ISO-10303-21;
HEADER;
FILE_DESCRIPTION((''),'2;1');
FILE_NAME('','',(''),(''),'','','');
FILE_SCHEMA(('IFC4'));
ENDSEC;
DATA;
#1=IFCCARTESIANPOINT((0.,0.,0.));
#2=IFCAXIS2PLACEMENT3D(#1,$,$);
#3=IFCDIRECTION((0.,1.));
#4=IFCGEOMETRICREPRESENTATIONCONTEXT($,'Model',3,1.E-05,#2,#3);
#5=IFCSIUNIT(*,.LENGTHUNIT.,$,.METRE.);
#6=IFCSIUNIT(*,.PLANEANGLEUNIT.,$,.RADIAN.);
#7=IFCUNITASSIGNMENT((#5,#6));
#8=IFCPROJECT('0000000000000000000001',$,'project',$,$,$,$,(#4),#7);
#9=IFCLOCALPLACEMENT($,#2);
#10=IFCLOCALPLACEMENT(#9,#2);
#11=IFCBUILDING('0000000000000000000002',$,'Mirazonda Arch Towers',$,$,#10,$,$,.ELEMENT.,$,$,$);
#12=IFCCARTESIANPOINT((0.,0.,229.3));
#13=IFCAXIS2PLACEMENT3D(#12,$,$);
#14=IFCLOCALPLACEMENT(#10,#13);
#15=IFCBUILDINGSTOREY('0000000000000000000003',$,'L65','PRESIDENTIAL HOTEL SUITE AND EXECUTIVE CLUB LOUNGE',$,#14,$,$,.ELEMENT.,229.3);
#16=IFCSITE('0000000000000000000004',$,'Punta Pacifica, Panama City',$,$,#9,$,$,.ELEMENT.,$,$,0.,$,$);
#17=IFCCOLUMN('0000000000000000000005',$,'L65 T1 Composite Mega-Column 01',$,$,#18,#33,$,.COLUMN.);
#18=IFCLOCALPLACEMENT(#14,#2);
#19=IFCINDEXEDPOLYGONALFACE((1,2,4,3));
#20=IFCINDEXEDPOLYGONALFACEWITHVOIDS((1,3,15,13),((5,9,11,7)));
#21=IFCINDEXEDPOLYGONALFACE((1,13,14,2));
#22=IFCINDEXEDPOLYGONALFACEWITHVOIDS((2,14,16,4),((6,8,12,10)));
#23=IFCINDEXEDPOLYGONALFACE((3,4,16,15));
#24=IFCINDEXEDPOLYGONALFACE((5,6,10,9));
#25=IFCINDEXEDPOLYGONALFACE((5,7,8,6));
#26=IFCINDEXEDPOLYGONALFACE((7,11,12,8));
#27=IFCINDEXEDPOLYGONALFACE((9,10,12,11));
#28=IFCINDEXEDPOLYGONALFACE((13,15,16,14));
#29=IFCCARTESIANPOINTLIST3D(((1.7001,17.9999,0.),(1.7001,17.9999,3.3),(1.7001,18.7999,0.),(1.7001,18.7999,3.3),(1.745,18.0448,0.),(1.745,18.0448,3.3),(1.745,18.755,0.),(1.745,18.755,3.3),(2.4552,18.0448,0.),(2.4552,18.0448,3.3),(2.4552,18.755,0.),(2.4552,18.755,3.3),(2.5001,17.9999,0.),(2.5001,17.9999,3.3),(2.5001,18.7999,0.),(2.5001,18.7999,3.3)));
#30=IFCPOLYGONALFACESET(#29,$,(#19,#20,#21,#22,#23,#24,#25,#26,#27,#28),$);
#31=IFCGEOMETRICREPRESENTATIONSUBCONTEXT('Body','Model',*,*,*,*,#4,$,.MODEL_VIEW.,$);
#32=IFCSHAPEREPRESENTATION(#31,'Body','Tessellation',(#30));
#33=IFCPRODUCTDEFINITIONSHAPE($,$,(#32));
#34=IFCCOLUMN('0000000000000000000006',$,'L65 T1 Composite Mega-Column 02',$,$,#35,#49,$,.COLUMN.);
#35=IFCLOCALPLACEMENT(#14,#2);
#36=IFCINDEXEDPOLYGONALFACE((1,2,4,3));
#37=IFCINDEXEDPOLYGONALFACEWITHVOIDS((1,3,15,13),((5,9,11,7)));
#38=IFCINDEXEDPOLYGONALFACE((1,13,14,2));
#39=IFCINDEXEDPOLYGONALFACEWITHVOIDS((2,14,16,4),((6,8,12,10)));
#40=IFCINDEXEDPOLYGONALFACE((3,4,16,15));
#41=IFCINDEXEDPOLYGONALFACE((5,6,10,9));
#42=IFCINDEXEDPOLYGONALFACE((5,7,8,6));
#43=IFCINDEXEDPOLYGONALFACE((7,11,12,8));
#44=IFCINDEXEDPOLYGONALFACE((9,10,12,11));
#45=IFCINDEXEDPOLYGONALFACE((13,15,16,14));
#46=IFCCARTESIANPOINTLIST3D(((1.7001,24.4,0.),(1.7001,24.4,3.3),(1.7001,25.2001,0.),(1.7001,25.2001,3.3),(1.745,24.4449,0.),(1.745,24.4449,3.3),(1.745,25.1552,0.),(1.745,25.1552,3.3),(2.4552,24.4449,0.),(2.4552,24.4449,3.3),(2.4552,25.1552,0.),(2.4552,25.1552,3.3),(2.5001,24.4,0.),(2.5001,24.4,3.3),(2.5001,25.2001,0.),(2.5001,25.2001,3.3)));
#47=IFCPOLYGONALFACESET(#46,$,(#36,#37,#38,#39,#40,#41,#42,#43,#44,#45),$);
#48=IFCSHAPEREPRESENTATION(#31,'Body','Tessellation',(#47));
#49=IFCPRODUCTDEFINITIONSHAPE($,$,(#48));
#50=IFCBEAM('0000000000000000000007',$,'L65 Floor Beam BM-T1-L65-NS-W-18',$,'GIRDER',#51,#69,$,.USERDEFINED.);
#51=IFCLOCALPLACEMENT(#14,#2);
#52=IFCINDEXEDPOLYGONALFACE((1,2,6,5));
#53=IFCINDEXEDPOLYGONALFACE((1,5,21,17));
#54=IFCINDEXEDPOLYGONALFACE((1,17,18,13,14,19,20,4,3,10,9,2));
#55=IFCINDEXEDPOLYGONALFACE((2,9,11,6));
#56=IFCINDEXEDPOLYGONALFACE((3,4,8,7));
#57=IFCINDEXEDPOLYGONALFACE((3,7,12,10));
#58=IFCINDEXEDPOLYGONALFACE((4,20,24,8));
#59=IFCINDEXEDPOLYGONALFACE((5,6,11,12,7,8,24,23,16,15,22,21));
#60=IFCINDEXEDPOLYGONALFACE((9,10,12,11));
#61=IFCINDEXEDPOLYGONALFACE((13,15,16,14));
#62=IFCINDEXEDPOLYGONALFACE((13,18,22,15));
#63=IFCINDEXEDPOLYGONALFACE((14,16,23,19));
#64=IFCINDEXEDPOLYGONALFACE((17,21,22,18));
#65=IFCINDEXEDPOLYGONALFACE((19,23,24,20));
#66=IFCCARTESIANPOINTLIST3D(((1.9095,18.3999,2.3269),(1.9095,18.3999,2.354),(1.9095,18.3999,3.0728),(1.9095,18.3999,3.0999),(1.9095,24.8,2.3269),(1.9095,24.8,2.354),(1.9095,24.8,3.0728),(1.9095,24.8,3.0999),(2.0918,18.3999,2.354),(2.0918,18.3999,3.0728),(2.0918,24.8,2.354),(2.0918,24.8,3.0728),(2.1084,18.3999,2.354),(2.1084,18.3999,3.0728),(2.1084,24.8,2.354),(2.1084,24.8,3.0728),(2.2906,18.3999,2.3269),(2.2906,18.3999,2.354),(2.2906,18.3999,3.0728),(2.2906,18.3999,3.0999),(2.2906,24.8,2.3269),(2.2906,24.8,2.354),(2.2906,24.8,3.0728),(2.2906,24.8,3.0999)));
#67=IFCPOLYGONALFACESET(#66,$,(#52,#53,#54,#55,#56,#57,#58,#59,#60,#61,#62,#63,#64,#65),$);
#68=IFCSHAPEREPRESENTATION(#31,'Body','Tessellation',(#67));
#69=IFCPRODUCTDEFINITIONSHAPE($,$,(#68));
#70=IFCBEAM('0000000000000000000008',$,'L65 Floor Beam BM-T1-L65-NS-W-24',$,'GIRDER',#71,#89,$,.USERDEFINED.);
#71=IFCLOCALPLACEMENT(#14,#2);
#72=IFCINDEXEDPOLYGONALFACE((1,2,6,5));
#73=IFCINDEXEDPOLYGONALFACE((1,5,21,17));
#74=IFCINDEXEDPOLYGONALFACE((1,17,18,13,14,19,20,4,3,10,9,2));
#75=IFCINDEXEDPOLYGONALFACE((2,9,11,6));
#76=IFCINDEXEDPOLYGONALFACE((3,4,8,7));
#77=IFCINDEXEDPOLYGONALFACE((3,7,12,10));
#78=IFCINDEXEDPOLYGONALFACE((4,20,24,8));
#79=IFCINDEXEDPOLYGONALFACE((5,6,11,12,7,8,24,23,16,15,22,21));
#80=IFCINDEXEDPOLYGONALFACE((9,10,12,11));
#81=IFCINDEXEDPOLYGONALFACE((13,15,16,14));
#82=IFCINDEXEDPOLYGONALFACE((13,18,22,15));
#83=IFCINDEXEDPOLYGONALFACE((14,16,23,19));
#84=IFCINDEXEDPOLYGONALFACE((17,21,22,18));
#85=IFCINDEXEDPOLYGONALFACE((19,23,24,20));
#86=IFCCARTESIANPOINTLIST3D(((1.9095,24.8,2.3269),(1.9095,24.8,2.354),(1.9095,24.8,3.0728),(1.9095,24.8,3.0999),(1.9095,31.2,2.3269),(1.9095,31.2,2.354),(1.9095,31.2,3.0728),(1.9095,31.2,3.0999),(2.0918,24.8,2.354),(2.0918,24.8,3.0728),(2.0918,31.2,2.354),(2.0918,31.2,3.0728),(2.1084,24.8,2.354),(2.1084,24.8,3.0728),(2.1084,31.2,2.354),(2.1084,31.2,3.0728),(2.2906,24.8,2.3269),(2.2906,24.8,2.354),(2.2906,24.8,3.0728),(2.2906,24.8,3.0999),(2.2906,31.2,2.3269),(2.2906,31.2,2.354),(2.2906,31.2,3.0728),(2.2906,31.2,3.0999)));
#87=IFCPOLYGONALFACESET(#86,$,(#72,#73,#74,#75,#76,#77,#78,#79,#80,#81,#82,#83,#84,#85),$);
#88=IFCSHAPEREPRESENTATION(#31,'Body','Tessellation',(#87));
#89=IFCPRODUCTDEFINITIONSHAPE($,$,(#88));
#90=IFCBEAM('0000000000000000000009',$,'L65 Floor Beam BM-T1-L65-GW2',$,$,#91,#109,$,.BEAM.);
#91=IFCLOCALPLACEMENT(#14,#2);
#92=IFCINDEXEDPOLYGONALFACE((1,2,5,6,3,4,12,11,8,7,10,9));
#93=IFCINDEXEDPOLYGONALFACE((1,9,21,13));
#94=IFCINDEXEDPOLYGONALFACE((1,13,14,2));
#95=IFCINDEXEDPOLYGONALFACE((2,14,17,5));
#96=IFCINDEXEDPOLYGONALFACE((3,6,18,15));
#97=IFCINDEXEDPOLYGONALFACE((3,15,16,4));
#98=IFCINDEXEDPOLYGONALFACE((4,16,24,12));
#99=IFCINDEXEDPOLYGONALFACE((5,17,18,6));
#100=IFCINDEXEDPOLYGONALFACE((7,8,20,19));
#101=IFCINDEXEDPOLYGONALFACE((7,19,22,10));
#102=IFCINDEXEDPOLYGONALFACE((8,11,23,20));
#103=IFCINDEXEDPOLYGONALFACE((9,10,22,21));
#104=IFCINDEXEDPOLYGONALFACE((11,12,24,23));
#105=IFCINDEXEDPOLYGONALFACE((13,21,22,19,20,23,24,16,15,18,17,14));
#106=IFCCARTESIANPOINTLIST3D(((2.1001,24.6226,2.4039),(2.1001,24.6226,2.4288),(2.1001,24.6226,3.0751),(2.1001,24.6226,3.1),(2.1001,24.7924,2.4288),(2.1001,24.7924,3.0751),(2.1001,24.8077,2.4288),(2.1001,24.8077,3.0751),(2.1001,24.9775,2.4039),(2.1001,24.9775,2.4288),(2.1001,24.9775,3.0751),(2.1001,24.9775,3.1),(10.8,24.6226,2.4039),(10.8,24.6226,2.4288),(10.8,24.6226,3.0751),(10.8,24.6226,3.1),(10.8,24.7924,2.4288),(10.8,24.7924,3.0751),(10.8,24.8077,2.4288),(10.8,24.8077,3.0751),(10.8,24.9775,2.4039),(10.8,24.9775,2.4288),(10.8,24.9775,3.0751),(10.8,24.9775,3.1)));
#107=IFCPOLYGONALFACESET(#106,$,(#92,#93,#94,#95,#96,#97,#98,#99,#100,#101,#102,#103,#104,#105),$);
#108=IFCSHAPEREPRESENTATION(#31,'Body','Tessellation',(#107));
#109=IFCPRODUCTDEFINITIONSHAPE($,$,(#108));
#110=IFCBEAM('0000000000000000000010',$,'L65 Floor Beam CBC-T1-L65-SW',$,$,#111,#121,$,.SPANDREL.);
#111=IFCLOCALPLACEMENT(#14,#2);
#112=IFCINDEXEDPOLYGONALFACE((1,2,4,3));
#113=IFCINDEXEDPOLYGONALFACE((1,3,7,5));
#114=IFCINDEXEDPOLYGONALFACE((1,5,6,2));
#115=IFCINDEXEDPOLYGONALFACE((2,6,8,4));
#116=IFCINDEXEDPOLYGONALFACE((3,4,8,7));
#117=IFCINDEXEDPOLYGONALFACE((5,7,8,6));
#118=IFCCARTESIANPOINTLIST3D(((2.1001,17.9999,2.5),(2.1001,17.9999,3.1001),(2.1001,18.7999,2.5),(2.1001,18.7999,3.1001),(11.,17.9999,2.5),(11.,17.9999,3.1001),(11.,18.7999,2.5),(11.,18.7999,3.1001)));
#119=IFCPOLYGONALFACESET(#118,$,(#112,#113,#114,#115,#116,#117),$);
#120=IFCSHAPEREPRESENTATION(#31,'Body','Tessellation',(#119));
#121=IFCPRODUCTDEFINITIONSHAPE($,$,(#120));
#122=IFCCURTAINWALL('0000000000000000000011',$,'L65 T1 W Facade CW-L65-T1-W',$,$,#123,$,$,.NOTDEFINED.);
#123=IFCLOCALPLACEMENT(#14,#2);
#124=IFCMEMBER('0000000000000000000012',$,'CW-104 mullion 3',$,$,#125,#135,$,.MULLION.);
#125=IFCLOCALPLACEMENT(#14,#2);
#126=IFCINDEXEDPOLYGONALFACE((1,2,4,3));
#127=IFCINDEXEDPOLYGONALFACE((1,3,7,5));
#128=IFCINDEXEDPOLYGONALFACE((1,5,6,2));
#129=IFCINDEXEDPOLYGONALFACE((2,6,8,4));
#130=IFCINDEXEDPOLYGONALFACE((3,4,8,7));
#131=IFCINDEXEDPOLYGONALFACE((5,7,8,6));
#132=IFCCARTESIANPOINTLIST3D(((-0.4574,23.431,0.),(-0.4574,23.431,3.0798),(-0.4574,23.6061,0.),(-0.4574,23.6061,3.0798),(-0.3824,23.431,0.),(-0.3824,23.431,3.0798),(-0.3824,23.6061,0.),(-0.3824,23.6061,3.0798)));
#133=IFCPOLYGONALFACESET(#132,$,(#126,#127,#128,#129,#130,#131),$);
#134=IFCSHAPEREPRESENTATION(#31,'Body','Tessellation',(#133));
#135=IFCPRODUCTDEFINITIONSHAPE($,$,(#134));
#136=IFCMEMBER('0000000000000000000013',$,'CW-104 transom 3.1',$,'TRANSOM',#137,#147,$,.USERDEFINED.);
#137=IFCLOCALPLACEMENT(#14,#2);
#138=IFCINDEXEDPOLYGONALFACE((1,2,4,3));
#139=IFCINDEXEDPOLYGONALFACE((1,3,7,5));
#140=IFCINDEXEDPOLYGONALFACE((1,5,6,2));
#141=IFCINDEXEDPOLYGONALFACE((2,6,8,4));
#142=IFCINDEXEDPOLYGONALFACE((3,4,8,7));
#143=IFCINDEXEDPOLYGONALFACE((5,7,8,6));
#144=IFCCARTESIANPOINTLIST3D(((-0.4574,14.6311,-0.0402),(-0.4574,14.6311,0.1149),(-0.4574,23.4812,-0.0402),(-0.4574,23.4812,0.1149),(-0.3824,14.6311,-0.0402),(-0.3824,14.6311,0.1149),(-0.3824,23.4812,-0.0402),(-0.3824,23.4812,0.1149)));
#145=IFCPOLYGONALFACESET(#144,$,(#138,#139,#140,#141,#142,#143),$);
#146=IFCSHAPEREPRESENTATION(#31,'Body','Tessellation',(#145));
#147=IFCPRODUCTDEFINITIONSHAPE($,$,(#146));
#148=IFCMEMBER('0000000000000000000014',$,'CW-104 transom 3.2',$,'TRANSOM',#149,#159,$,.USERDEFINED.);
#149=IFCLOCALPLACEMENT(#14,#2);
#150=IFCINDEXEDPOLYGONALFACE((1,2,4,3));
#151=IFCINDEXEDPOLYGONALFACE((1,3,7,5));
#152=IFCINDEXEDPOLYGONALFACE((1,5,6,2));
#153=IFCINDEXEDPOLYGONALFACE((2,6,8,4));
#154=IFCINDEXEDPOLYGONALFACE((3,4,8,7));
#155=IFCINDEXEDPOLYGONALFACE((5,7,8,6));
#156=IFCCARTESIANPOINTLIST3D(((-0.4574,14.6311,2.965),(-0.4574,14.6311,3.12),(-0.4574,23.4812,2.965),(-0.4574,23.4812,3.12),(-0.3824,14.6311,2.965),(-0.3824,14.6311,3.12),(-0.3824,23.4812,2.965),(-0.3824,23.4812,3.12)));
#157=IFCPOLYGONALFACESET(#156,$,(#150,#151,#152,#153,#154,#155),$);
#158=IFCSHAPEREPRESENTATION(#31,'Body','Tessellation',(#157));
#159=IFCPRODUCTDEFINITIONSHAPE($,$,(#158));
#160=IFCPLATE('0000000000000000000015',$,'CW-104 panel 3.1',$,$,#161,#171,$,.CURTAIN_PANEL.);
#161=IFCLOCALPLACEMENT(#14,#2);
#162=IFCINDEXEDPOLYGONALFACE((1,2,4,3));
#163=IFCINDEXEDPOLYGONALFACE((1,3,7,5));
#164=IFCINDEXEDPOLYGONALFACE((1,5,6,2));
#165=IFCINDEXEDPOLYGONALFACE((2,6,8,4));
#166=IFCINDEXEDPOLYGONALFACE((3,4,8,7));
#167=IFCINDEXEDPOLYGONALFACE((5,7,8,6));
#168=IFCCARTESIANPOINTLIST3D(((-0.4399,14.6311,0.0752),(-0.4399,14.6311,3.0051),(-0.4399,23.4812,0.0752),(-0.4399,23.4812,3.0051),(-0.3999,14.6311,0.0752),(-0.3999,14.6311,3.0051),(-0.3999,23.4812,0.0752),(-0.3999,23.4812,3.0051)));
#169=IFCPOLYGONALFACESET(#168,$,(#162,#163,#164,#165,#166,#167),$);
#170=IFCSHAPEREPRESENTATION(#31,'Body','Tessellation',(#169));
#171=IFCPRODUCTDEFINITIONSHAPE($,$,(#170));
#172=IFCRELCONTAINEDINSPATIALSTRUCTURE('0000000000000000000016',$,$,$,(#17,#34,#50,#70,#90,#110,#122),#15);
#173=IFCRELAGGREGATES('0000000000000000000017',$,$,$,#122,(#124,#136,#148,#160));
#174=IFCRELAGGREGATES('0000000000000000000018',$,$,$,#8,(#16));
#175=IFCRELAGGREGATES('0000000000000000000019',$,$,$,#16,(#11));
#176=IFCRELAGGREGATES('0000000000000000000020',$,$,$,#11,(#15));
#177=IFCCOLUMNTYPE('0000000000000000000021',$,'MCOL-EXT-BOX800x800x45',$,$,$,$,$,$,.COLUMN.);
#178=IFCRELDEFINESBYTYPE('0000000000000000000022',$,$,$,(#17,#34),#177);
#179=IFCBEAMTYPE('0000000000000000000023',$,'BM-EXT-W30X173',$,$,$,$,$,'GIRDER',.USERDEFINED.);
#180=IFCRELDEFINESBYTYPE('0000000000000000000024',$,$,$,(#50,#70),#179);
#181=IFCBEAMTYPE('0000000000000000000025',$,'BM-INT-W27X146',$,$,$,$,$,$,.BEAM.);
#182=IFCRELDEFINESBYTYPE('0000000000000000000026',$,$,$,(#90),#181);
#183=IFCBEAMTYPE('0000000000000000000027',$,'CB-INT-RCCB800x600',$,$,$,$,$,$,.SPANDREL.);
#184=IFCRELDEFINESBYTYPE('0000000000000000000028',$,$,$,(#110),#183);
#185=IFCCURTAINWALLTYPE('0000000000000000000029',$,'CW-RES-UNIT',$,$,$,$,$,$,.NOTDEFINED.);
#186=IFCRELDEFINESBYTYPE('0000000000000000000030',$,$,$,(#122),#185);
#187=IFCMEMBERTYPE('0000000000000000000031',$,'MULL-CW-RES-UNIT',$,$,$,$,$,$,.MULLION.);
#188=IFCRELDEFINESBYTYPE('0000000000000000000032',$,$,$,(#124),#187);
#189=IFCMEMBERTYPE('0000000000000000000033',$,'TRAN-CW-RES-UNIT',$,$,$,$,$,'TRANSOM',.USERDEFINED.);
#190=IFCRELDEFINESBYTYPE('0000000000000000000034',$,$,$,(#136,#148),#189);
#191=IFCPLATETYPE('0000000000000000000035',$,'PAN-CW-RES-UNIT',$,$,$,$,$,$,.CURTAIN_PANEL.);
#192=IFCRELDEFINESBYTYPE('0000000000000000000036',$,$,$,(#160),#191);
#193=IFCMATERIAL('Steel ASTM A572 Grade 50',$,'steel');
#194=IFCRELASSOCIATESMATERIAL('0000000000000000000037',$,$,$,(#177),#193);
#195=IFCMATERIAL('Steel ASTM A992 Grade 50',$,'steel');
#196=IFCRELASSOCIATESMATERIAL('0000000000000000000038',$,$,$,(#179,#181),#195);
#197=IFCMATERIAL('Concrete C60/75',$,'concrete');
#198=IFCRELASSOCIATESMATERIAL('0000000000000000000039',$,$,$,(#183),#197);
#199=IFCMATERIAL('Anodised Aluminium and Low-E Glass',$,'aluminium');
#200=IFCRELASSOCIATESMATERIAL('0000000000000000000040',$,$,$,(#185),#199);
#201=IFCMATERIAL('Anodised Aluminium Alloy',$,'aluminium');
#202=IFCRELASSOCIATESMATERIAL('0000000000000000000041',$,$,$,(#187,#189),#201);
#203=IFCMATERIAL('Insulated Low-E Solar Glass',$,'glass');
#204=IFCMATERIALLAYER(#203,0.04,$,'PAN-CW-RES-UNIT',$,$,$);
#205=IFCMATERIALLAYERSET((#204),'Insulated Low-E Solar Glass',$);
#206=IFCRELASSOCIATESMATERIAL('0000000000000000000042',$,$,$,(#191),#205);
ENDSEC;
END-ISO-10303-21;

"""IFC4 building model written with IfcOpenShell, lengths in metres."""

from ifc_helpers import new_model, si_unit, direction, frame, origin, origin_2d, place, context, subcontext, project, spatial, rectangle, hollow_rectangle, i_section, extrude, material, layer, layer_set, material_profile, profile_set, type_object, element, aggregate, save


model = new_model("IFC4")

# Units and contexts
model_context = context("Model", 3, precision=1e-05, world=origin(), true_north=direction((0.0, 1.0)))
body_context = subcontext(model_context, "Body", "Model", "MODEL_VIEW")
ifc_project = project(units=[si_unit("LENGTHUNIT", "METRE"), si_unit("PLANEANGLEUNIT", "RADIAN")], contexts=[model_context])

# Site, building, storey
site_placement = place(None, origin())
site = spatial("IfcSite", under=ifc_project, at=site_placement, Name="Punta Pacifica, Panama City", CompositionType="ELEMENT", RefElevation=0.0)
building_placement = place(site_placement, origin())
building = spatial("IfcBuilding", under=site, at=building_placement, Name="Mirazonda Arch Towers", CompositionType="ELEMENT")
storey_placement = place(building_placement, frame((0.0, 0.0, 229.3)))
storey = spatial("IfcBuildingStorey", under=building, at=storey_placement, Name="L65", Description="PRESIDENTIAL HOTEL SUITE AND EXECUTIVE CLUB LOUNGE", CompositionType="ELEMENT", Elevation=229.3)

# Columns
ifc_material_1 = material(Name="Steel ASTM A572 Grade 50", Category="steel")
ifc_material_profile_1 = material_profile(ifc_material_1, hollow_rectangle(XDim=0.8, YDim=0.8, WallThickness=0.0449, at=origin_2d()), Name="BOX800x800x45")
ifc_profile_set_1 = profile_set([ifc_material_profile_1], Name="Steel ASTM A572 Grade 50")
column_type = type_object("IfcColumnType", Name="MCOL-EXT-BOX800x800x45", PredefinedType="COLUMN", material=ifc_profile_set_1)
for number, where, z_axis, x_axis, name in (
    (1, (2.1001, 18.3999, 0.0), (0.0, 0.0, 1.0), (1.0, 0.0, 0.0), "L65 T1 Composite Mega-Column 01"),
    (2, (2.1001, 24.8, 0.0), (0.0, 0.0, 1.0), (1.0, 0.0, 0.0), "L65 T1 Composite Mega-Column 02"),
):
    element("IfcColumn", number, at=place(storey_placement, frame(where, z_axis=z_axis, x_axis=x_axis)), inside=storey, type_object=column_type, Name=name, PredefinedType="COLUMN", context=body_context, shape_type="SweptSolid", body=[
        extrude(hollow_rectangle(XDim=0.8, YDim=0.8, WallThickness=0.0449, at=origin_2d()), origin(), (0.0, 0.0, 1.0), 3.3),
    ])

# Beams
ifc_material_2 = material(Name="Steel ASTM A992 Grade 50", Category="steel")
ifc_material_profile_2 = material_profile(ifc_material_2, i_section(OverallWidth=0.3811, OverallDepth=0.7729, WebThickness=0.0166, FlangeThickness=0.0271, at=origin_2d()), Name="W30X173")
ifc_profile_set_2 = profile_set([ifc_material_profile_2], Name="Steel ASTM A992 Grade 50")
beam_type_1 = type_object("IfcBeamType", Name="BM-EXT-W30X173", ElementType="GIRDER", PredefinedType="USERDEFINED", material=ifc_profile_set_2)
beam_1_placement = place(storey_placement, frame((2.1001, 18.3999, 2.7134), z_axis=(0.0, 1.0, 0.0), x_axis=(-1.0, 0.0, 0.0)))
element("IfcBeam", 3, at=beam_1_placement, inside=storey, type_object=beam_type_1, Name="L65 Floor Beam BM-T1-L65-NS-W-18", ObjectType="GIRDER", PredefinedType="USERDEFINED", context=body_context, shape_type="SweptSolid", body=[
    extrude(i_section(OverallWidth=0.3811, OverallDepth=0.7729, WebThickness=0.0166, FlangeThickness=0.0271, at=origin_2d()), origin(), (0.0, 0.0, 1.0), 6.4001),
])
beam_2_placement = place(storey_placement, frame((2.1001, 24.8, 2.7134), z_axis=(0.0, 1.0, 0.0), x_axis=(-1.0, 0.0, 0.0)))
element("IfcBeam", 4, at=beam_2_placement, inside=storey, type_object=beam_type_1, Name="L65 Floor Beam BM-T1-L65-NS-W-24", ObjectType="GIRDER", PredefinedType="USERDEFINED", context=body_context, shape_type="SweptSolid", body=[
    extrude(i_section(OverallWidth=0.3811, OverallDepth=0.7729, WebThickness=0.0166, FlangeThickness=0.0271, at=origin_2d()), origin(), (0.0, 0.0, 1.0), 6.3999),
])
ifc_material_profile_3 = material_profile(ifc_material_2, i_section(OverallWidth=0.355, OverallDepth=0.696, WebThickness=0.0154, FlangeThickness=0.0249, at=origin_2d()), Name="W27X146")
ifc_profile_set_3 = profile_set([ifc_material_profile_3], Name="Steel ASTM A992 Grade 50")
beam_type_2 = type_object("IfcBeamType", Name="BM-INT-W27X146", PredefinedType="BEAM", material=ifc_profile_set_3)
beam_3_placement = place(storey_placement, frame((2.1001, 24.8, 2.752), z_axis=(1.0, 0.0, 0.0), x_axis=(0.0, 1.0, 0.0)))
element("IfcBeam", 5, at=beam_3_placement, inside=storey, type_object=beam_type_2, Name="L65 Floor Beam BM-T1-L65-GW2", PredefinedType="BEAM", context=body_context, shape_type="SweptSolid", body=[
    extrude(i_section(OverallWidth=0.355, OverallDepth=0.696, WebThickness=0.0154, FlangeThickness=0.0249, at=origin_2d()), origin(), (0.0, 0.0, 1.0), 8.7),
])
ifc_material_3 = material(Name="Concrete C60/75", Category="concrete")
ifc_material_profile_4 = material_profile(ifc_material_3, rectangle(XDim=0.8, YDim=0.6001, at=origin_2d()), Name="RCCB800x600")
ifc_profile_set_4 = profile_set([ifc_material_profile_4], Name="Concrete C60/75")
beam_type_3 = type_object("IfcBeamType", Name="CB-INT-RCCB800x600", PredefinedType="SPANDREL", material=ifc_profile_set_4)
beam_4_placement = place(storey_placement, frame((2.1001, 18.3999, 2.8), z_axis=(1.0, 0.0, 0.0), x_axis=(0.0, 1.0, 0.0)))
element("IfcBeam", 6, at=beam_4_placement, inside=storey, type_object=beam_type_3, Name="L65 Floor Beam CBC-T1-L65-SW", PredefinedType="SPANDREL", context=body_context, shape_type="SweptSolid", body=[
    extrude(rectangle(XDim=0.8, YDim=0.6001, at=origin_2d()), origin(), (0.0, 0.0, 1.0), 8.8999),
])

# Curtain wall, members, plate
ifc_material_4 = material(Name="Anodised Aluminium and Low-E Glass", Category="aluminium")
curtain_wall_type = type_object("IfcCurtainWallType", Name="CW-RES-UNIT", PredefinedType="NOTDEFINED", material=ifc_material_4)
curtain_wall_placement = place(storey_placement, origin())
curtain_wall = element("IfcCurtainWall", 7, at=curtain_wall_placement, inside=storey, type_object=curtain_wall_type, Name="L65 T1 W Facade CW-L65-T1-W", PredefinedType="NOTDEFINED")
ifc_material_5 = material(Name="Anodised Aluminium Alloy", Category="aluminium")
ifc_material_profile_5 = material_profile(ifc_material_5, rectangle(XDim=0.075, YDim=0.175, at=origin_2d()), Name="ALU-MULL-75x175")
ifc_profile_set_5 = profile_set([ifc_material_profile_5], Name="Anodised Aluminium Alloy")
member_type_1 = type_object("IfcMemberType", Name="MULL-CW-RES-UNIT", PredefinedType="MULLION", material=ifc_profile_set_5)
member_1_placement = place(storey_placement, frame((-0.4199, 23.5186, 0.0), z_axis=(0.0, 0.0, 1.0), x_axis=(1.0, 0.0, 0.0)))
member_1 = element("IfcMember", 8, at=member_1_placement, type_object=member_type_1, Name="CW-104 mullion 3", PredefinedType="MULLION", context=body_context, shape_type="SweptSolid", body=[
    extrude(rectangle(XDim=0.075, YDim=0.175, at=origin_2d()), origin(), (0.0, 0.0, 1.0), 3.0798),
])
ifc_material_profile_6 = material_profile(ifc_material_5, rectangle(XDim=0.075, YDim=0.155, at=origin_2d()), Name="ALU-TRAN-75x155")
ifc_profile_set_6 = profile_set([ifc_material_profile_6], Name="Anodised Aluminium Alloy")
member_type_2 = type_object("IfcMemberType", Name="TRAN-CW-RES-UNIT", ElementType="TRANSOM", PredefinedType="USERDEFINED", material=ifc_profile_set_6)
member_2_placement = place(storey_placement, frame((-0.4199, 23.4812, 0.0374), z_axis=(0.0, -1.0, 0.0), x_axis=(1.0, 0.0, 0.0)))
member_2 = element("IfcMember", 9, at=member_2_placement, type_object=member_type_2, Name="CW-104 transom 3.1", ObjectType="TRANSOM", PredefinedType="USERDEFINED", context=body_context, shape_type="SweptSolid", body=[
    extrude(rectangle(XDim=0.075, YDim=0.155, at=origin_2d()), origin(), (0.0, 0.0, 1.0), 8.8501),
])
member_3_placement = place(storey_placement, frame((-0.4199, 23.4812, 3.0425), z_axis=(0.0, -1.0, 0.0), x_axis=(1.0, 0.0, 0.0)))
member_3 = element("IfcMember", 10, at=member_3_placement, type_object=member_type_2, Name="CW-104 transom 3.2", ObjectType="TRANSOM", PredefinedType="USERDEFINED", context=body_context, shape_type="SweptSolid", body=[
    extrude(rectangle(XDim=0.075, YDim=0.155, at=origin_2d()), origin(), (0.0, 0.0, 1.0), 8.8501),
])
ifc_material_6 = material(Name="Insulated Low-E Solar Glass", Category="glass")
ifc_layer_1 = layer(ifc_material_6, 0.04, Name="PAN-CW-RES-UNIT")
ifc_layer_set_1 = layer_set([ifc_layer_1], Name="Insulated Low-E Solar Glass")
plate_type = type_object("IfcPlateType", Name="PAN-CW-RES-UNIT", PredefinedType="CURTAIN_PANEL", material=ifc_layer_set_1)
plate_placement = place(storey_placement, frame((-0.4199, 19.0562, 0.0752), z_axis=(0.0, 0.0, 1.0), x_axis=(0.0, -1.0, 0.0)))
plate = element("IfcPlate", 11, at=plate_placement, type_object=plate_type, Name="CW-104 panel 3.1", PredefinedType="CURTAIN_PANEL", context=body_context, shape_type="SweptSolid", body=[
    extrude(rectangle(XDim=8.8501, YDim=0.04, at=origin_2d()), origin(), (0.0, 0.0, 1.0), 2.9299),
])
aggregate(curtain_wall, [member_1, member_2, member_3, plate])

save(model, "model.ifc")
